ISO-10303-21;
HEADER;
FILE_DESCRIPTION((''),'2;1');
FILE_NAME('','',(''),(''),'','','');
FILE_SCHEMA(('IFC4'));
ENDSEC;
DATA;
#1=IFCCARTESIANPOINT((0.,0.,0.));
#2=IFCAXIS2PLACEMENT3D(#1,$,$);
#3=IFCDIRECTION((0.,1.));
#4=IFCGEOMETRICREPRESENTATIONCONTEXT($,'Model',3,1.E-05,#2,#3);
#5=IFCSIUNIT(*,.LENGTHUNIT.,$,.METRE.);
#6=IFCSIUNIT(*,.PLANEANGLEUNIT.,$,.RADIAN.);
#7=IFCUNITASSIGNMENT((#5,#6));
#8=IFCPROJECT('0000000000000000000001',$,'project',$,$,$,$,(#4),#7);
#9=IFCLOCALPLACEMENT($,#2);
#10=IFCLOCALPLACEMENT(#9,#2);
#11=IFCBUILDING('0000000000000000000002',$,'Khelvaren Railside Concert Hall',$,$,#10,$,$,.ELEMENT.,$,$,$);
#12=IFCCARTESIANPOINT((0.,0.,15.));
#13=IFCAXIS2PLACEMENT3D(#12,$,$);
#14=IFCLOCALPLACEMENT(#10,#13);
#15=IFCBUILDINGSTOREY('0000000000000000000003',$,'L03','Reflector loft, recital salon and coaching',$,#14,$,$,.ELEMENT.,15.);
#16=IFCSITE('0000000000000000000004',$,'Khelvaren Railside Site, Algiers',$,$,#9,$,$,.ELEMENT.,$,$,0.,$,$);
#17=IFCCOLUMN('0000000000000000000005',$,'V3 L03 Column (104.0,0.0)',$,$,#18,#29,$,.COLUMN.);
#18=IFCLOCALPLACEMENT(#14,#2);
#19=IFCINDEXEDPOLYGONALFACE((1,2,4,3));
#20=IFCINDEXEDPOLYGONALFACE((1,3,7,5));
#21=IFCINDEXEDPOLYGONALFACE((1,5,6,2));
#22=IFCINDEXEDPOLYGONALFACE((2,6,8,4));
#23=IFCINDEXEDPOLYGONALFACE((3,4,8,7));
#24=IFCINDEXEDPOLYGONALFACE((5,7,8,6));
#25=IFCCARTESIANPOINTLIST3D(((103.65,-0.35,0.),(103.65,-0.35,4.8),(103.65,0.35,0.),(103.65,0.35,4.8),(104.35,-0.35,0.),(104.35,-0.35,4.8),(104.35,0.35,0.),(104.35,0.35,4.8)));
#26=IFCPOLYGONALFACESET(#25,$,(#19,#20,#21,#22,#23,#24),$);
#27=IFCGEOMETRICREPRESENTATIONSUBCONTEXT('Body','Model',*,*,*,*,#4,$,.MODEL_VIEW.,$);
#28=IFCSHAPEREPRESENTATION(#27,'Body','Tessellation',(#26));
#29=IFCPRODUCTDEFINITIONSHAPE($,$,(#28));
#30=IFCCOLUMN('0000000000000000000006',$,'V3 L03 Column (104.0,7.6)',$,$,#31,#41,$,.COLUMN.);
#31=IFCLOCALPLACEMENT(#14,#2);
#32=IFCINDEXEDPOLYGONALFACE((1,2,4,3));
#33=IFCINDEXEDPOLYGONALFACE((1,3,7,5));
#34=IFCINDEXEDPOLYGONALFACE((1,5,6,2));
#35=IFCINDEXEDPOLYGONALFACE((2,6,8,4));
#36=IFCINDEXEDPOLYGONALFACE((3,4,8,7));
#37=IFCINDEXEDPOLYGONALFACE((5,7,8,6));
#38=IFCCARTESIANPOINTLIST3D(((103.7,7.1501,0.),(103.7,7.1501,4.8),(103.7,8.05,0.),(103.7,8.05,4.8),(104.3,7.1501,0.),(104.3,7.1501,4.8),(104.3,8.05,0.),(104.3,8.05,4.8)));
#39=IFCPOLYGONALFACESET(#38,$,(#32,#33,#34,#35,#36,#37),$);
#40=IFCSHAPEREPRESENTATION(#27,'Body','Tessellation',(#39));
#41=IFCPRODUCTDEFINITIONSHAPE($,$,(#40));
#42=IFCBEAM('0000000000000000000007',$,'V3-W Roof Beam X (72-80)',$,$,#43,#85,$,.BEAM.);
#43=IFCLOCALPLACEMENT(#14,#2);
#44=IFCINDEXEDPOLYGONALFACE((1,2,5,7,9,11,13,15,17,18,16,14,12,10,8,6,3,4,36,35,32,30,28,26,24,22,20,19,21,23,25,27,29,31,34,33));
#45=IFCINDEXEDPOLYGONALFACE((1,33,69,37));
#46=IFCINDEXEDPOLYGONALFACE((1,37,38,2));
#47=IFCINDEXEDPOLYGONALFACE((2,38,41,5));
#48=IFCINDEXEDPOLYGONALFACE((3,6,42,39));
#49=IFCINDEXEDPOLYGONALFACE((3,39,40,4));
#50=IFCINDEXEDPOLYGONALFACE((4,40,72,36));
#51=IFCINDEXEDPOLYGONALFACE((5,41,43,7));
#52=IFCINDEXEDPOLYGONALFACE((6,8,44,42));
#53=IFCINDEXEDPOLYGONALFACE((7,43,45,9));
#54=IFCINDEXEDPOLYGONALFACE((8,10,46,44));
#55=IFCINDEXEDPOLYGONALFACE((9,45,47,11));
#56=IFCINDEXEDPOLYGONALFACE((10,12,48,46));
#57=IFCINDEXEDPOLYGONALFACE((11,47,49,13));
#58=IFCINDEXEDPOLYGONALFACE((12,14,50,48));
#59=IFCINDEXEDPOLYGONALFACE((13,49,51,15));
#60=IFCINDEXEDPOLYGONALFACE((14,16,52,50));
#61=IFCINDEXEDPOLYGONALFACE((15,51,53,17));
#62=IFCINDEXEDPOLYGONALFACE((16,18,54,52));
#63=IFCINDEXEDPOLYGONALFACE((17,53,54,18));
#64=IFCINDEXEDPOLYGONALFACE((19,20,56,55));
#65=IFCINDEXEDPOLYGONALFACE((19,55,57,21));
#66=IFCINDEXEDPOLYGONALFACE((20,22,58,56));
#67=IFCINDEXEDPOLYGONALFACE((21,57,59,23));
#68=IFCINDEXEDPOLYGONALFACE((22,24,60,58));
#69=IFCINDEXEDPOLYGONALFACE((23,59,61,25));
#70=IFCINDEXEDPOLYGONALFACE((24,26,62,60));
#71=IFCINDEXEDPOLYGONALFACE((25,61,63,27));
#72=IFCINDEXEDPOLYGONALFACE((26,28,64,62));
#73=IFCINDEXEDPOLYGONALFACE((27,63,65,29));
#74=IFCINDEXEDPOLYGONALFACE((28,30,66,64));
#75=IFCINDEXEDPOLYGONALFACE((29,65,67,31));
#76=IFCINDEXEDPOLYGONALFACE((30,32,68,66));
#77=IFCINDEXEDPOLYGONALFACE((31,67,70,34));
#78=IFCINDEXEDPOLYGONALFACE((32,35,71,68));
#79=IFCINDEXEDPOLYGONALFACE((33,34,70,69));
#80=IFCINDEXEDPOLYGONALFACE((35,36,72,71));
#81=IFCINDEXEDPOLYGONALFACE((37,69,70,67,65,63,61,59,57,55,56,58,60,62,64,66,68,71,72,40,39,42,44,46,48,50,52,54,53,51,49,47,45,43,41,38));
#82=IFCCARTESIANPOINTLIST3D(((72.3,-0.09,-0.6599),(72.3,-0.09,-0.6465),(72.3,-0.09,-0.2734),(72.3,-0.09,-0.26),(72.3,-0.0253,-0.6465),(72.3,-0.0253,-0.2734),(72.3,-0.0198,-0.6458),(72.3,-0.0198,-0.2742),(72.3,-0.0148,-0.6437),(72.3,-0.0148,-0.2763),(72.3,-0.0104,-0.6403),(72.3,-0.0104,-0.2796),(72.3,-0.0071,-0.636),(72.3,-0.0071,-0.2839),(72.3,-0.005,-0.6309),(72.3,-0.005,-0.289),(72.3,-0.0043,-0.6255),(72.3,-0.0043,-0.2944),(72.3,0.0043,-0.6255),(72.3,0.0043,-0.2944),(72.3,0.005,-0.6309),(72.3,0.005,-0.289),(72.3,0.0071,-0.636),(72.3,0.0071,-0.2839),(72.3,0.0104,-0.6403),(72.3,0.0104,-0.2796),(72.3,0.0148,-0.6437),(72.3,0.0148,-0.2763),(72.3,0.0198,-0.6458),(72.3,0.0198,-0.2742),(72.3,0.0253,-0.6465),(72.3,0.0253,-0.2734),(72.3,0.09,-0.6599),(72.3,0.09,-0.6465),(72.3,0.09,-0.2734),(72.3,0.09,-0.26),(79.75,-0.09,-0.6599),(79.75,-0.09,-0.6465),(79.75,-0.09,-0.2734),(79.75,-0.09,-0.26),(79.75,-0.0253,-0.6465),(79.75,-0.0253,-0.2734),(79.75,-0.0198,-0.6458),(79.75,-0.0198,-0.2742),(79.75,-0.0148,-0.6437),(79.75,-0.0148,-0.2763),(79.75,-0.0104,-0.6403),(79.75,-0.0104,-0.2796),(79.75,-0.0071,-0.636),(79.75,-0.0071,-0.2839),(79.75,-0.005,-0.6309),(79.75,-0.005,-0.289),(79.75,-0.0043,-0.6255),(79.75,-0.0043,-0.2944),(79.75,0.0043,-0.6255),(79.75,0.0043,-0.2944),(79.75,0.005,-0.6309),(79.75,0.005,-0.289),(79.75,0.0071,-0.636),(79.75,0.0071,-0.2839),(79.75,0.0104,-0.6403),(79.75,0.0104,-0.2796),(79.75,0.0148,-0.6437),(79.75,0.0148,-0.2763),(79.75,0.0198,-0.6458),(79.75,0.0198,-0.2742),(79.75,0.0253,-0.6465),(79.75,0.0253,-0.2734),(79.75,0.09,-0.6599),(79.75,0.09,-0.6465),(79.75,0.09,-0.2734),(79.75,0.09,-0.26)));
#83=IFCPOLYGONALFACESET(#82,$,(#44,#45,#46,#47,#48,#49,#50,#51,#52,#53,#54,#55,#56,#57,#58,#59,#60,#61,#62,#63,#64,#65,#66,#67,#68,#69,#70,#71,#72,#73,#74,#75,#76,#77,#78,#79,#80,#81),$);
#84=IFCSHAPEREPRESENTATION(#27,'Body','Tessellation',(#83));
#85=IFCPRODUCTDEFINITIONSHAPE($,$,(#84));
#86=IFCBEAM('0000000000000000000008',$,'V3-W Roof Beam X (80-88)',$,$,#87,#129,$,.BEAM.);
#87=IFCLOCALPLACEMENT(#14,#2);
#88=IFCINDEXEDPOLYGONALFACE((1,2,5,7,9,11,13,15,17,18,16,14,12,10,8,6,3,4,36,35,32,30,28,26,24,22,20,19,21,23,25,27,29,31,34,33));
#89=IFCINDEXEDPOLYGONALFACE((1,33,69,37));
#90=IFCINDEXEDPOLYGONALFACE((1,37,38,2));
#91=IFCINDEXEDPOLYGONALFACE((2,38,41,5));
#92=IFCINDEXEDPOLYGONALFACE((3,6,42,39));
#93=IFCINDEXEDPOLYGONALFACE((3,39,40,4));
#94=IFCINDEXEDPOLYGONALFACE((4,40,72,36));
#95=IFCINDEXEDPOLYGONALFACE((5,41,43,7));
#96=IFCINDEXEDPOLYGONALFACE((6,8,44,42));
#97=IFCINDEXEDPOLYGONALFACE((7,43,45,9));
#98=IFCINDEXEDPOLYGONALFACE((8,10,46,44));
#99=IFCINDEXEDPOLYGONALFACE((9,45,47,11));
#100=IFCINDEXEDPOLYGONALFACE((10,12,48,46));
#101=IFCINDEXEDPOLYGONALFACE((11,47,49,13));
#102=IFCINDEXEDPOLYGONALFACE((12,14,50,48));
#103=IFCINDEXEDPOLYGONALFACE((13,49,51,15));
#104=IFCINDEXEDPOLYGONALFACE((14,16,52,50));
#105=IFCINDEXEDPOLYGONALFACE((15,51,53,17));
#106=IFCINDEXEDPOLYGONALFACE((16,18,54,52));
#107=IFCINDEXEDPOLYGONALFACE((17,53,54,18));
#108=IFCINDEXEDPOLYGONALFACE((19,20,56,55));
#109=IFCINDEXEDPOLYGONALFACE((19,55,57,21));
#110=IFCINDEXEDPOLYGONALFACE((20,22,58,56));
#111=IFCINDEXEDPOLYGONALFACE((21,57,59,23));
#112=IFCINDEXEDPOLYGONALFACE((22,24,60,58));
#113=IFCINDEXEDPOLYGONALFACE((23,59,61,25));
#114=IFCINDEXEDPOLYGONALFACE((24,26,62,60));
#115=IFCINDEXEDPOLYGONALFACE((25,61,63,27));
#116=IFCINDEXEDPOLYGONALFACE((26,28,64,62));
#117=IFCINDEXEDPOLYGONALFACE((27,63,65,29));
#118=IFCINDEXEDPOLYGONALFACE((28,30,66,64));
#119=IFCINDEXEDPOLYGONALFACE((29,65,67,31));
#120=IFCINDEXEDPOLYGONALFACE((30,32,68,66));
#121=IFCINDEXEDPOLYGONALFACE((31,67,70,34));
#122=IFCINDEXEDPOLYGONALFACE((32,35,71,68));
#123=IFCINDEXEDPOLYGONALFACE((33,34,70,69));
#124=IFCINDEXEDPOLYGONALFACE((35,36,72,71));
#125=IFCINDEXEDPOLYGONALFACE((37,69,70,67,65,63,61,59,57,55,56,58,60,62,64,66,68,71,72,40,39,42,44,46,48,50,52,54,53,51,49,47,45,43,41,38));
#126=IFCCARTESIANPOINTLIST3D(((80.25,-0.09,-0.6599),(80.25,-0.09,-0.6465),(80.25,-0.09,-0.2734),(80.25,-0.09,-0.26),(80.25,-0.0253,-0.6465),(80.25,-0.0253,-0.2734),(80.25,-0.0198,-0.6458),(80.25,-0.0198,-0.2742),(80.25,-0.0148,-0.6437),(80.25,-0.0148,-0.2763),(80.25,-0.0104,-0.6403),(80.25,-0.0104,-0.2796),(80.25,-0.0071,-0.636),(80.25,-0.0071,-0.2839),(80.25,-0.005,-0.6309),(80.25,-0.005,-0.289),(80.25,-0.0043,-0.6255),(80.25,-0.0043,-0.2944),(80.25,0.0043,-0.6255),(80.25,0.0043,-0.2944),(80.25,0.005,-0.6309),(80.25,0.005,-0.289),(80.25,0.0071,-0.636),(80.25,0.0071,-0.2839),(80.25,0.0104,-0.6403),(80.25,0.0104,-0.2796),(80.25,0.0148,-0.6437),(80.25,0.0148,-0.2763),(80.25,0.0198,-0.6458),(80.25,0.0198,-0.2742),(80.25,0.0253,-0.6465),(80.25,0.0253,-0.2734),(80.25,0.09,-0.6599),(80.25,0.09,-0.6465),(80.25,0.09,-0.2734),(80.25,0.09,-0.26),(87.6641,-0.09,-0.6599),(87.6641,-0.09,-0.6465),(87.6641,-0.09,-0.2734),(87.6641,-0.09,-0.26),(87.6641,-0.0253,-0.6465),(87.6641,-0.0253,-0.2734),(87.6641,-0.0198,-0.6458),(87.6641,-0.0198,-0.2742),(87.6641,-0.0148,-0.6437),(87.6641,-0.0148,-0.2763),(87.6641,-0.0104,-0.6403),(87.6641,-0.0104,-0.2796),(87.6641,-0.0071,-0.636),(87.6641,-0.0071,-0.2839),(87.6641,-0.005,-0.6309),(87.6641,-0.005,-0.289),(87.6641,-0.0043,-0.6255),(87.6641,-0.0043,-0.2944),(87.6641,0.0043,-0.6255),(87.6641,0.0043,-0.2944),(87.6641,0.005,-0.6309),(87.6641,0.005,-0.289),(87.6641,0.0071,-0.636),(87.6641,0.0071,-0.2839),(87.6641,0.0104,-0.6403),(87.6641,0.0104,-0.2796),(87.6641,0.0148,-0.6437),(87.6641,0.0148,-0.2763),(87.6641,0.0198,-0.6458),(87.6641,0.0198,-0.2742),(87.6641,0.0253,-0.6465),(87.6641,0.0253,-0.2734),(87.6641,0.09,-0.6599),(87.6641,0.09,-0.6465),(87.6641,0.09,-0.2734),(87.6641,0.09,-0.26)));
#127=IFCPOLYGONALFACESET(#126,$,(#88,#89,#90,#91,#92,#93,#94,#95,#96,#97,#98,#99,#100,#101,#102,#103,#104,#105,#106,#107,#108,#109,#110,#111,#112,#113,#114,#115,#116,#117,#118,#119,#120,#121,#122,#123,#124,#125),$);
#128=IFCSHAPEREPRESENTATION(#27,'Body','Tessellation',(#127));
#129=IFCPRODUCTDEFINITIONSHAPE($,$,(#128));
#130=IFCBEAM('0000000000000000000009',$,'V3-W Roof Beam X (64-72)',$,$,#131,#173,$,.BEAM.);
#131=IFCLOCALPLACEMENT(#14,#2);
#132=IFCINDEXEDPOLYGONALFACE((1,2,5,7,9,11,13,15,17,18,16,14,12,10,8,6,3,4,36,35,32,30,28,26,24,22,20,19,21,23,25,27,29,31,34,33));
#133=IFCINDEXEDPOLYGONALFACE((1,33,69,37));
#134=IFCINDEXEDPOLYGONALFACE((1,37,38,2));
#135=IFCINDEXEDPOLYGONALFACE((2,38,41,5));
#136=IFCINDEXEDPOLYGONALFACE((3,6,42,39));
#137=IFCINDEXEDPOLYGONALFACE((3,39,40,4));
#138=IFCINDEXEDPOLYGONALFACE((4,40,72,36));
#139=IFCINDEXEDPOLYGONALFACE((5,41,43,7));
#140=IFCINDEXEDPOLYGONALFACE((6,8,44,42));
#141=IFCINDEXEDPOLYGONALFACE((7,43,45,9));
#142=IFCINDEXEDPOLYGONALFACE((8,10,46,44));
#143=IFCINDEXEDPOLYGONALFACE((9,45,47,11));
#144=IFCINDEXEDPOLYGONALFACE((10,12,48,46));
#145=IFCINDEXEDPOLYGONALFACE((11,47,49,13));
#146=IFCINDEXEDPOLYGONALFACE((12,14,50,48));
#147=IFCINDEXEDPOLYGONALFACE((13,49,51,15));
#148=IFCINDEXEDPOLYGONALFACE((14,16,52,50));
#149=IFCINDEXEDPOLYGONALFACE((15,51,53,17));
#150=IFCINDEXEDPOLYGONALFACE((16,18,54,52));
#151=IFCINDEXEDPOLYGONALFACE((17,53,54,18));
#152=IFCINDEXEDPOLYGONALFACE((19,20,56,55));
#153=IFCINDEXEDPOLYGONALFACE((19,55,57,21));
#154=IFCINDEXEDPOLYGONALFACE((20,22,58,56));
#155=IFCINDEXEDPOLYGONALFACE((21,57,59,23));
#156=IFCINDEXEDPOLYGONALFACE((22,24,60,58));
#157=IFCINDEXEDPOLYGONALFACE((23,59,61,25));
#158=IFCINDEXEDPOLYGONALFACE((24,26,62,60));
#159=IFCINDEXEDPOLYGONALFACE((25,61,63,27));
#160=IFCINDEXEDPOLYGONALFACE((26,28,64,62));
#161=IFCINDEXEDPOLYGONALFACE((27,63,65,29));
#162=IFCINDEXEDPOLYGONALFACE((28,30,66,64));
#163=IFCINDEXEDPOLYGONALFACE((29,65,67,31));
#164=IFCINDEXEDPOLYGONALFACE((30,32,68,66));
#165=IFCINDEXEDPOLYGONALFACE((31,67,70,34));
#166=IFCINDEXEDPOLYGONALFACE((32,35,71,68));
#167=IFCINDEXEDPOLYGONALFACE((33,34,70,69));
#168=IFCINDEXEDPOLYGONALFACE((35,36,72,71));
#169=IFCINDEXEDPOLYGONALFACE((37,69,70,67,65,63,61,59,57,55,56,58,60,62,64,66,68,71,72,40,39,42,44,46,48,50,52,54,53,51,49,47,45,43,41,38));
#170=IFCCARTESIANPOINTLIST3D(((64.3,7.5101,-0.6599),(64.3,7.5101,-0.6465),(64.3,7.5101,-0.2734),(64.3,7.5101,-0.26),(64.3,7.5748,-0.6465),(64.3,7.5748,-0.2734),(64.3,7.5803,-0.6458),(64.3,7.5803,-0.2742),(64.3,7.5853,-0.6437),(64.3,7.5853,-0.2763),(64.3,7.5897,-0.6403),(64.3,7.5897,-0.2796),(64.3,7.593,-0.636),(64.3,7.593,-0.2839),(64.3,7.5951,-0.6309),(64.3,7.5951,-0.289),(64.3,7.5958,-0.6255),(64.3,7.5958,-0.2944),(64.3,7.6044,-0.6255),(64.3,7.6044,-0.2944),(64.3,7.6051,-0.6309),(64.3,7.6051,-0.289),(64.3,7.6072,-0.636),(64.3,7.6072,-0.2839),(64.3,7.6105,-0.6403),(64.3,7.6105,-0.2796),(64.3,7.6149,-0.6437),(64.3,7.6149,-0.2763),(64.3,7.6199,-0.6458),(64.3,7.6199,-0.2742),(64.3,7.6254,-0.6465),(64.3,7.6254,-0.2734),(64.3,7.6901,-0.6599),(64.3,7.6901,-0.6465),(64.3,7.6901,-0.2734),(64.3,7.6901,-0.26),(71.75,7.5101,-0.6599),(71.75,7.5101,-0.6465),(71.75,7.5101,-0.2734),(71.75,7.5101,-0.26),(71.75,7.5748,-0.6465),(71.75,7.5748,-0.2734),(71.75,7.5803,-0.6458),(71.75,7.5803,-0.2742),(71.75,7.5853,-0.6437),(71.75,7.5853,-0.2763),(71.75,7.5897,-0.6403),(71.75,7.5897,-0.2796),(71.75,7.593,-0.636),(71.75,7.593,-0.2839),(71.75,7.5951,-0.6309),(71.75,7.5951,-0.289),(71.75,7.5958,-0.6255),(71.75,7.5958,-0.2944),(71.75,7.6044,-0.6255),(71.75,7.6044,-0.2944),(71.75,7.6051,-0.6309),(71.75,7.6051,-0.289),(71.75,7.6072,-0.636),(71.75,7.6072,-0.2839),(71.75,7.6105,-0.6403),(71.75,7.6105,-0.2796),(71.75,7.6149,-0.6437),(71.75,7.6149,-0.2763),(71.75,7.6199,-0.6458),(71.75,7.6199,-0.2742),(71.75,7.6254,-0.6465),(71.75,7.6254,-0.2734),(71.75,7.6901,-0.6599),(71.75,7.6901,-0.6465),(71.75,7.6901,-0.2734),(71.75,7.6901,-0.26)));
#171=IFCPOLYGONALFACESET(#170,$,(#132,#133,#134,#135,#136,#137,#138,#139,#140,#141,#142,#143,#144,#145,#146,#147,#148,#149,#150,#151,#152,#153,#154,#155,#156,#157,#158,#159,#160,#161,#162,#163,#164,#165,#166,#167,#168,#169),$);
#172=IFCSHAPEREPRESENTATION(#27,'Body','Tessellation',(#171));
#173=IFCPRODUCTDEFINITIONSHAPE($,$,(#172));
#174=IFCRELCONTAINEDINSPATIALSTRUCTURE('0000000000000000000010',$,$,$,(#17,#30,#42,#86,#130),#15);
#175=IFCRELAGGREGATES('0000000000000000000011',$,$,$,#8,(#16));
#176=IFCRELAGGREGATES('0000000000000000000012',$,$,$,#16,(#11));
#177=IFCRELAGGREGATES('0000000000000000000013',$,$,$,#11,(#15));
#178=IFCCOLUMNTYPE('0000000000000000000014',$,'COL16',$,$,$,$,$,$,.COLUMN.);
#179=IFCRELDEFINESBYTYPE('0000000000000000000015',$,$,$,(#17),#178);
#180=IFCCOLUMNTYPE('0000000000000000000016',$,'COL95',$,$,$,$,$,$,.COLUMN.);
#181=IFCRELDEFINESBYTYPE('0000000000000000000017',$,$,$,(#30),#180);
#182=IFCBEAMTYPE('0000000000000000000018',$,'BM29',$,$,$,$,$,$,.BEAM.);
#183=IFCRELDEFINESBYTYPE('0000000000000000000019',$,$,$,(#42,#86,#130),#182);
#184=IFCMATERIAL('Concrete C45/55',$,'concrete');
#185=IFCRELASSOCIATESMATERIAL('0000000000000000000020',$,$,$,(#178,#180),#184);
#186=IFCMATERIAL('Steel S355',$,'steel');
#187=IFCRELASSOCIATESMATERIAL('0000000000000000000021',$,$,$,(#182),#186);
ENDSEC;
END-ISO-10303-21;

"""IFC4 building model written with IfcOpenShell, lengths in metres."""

from ifc_helpers import new_model, si_unit, direction, frame, origin, origin_2d, place, context, subcontext, project, spatial, rectangle, i_section, extrude, material, material_profile, profile_set, type_object, element, save


model = new_model("IFC4")

# Units and contexts
model_context = context("Model", 3, precision=1e-05, world=origin(), true_north=direction((0.0, 1.0)))
body_context = subcontext(model_context, "Body", "Model", "MODEL_VIEW")
ifc_project = project(units=[si_unit("LENGTHUNIT", "METRE"), si_unit("PLANEANGLEUNIT", "RADIAN")], contexts=[model_context])

# Site, building, storey
site_placement = place(None, origin())
site = spatial("IfcSite", under=ifc_project, at=site_placement, Name="Khelvaren Railside Site, Algiers", CompositionType="ELEMENT", RefElevation=0.0)
building_placement = place(site_placement, origin())
building = spatial("IfcBuilding", under=site, at=building_placement, Name="Khelvaren Railside Concert Hall", CompositionType="ELEMENT")
storey_placement = place(building_placement, frame((0.0, 0.0, 15.0)))
storey = spatial("IfcBuildingStorey", under=building, at=storey_placement, Name="L03", Description="Reflector loft, recital salon and coaching", CompositionType="ELEMENT", Elevation=15.0)

# Columns
ifc_material_1 = material(Name="Concrete C45/55", Category="concrete")
ifc_material_profile_1 = material_profile(ifc_material_1, rectangle(XDim=0.7, YDim=0.7, at=origin_2d()), Name="RC 700x700")
ifc_profile_set_1 = profile_set([ifc_material_profile_1], Name="Concrete C45/55")
column_type_1 = type_object("IfcColumnType", Name="COL16", PredefinedType="COLUMN", material=ifc_profile_set_1)
column_1_placement = place(storey_placement, frame((104.0, 0.0, 0.0), z_axis=(0.0, 0.0, 1.0), x_axis=(1.0, 0.0, 0.0)))
element("IfcColumn", 1, at=column_1_placement, inside=storey, type_object=column_type_1, Name="V3 L03 Column (104.0,0.0)", PredefinedType="COLUMN", context=body_context, shape_type="SweptSolid", body=[
    extrude(rectangle(XDim=0.7, YDim=0.7, at=origin_2d()), origin(), (0.0, 0.0, 1.0), 4.8),
])
ifc_material_profile_2 = material_profile(ifc_material_1, rectangle(XDim=0.6001, YDim=0.8999, at=origin_2d()), Name="RC 600x900")
ifc_profile_set_2 = profile_set([ifc_material_profile_2], Name="Concrete C45/55")
column_type_2 = type_object("IfcColumnType", Name="COL95", PredefinedType="COLUMN", material=ifc_profile_set_2)
column_2_placement = place(storey_placement, frame((104.0, 7.6001, 0.0), z_axis=(0.0, 0.0, 1.0), x_axis=(1.0, 0.0, 0.0)))
element("IfcColumn", 2, at=column_2_placement, inside=storey, type_object=column_type_2, Name="V3 L03 Column (104.0,7.6)", PredefinedType="COLUMN", context=body_context, shape_type="SweptSolid", body=[
    extrude(rectangle(XDim=0.6001, YDim=0.8999, at=origin_2d()), origin(), (0.0, 0.0, 1.0), 4.8),
])

# Beams
ifc_material_2 = material(Name="Steel S355", Category="steel")
ifc_material_profile_3 = material_profile(ifc_material_2, i_section(OverallWidth=0.1799, OverallDepth=0.3999, WebThickness=0.0085, FlangeThickness=0.0134, FilletRadius=0.021, at=origin_2d()), Name="IPE 400")
ifc_profile_set_3 = profile_set([ifc_material_profile_3], Name="Steel S355")
beam_type_1 = type_object("IfcBeamType", Name="BM29", PredefinedType="BEAM", material=ifc_profile_set_3)
beam_1_placement = place(storey_placement, frame((72.3, 0.0, -0.46), z_axis=(1.0, 0.0, 0.0), x_axis=(0.0, 1.0, 0.0)))
element("IfcBeam", 3, at=beam_1_placement, inside=storey, type_object=beam_type_1, Name="V3-W Roof Beam X (72-80)", PredefinedType="BEAM", context=body_context, shape_type="SweptSolid", body=[
    extrude(i_section(OverallWidth=0.1799, OverallDepth=0.3999, WebThickness=0.0085, FlangeThickness=0.0134, FilletRadius=0.021, at=origin_2d()), origin(), (0.0, 0.0, 1.0), 7.45),
])
beam_2_placement = place(storey_placement, frame((80.25, 0.0, -0.46), z_axis=(1.0, 0.0, 0.0), x_axis=(0.0, 1.0, 0.0)))
element("IfcBeam", 4, at=beam_2_placement, inside=storey, type_object=beam_type_1, Name="V3-W Roof Beam X (80-88)", PredefinedType="BEAM", context=body_context, shape_type="SweptSolid", body=[
    extrude(i_section(OverallWidth=0.1799, OverallDepth=0.3999, WebThickness=0.0085, FlangeThickness=0.0134, FilletRadius=0.021, at=origin_2d()), origin(), (0.0, 0.0, 1.0), 7.4141),
])
beam_3_placement = place(storey_placement, frame((64.3, 7.6001, -0.46), z_axis=(1.0, 0.0, 0.0), x_axis=(0.0, 1.0, 0.0)))
element("IfcBeam", 5, at=beam_3_placement, inside=storey, type_object=beam_type_1, Name="V3-W Roof Beam X (64-72)", PredefinedType="BEAM", context=body_context, shape_type="SweptSolid", body=[
    extrude(i_section(OverallWidth=0.1799, OverallDepth=0.3999, WebThickness=0.0085, FlangeThickness=0.0134, FilletRadius=0.021, at=origin_2d()), origin(), (0.0, 0.0, 1.0), 7.45),
])

save(model, "model.ifc")
